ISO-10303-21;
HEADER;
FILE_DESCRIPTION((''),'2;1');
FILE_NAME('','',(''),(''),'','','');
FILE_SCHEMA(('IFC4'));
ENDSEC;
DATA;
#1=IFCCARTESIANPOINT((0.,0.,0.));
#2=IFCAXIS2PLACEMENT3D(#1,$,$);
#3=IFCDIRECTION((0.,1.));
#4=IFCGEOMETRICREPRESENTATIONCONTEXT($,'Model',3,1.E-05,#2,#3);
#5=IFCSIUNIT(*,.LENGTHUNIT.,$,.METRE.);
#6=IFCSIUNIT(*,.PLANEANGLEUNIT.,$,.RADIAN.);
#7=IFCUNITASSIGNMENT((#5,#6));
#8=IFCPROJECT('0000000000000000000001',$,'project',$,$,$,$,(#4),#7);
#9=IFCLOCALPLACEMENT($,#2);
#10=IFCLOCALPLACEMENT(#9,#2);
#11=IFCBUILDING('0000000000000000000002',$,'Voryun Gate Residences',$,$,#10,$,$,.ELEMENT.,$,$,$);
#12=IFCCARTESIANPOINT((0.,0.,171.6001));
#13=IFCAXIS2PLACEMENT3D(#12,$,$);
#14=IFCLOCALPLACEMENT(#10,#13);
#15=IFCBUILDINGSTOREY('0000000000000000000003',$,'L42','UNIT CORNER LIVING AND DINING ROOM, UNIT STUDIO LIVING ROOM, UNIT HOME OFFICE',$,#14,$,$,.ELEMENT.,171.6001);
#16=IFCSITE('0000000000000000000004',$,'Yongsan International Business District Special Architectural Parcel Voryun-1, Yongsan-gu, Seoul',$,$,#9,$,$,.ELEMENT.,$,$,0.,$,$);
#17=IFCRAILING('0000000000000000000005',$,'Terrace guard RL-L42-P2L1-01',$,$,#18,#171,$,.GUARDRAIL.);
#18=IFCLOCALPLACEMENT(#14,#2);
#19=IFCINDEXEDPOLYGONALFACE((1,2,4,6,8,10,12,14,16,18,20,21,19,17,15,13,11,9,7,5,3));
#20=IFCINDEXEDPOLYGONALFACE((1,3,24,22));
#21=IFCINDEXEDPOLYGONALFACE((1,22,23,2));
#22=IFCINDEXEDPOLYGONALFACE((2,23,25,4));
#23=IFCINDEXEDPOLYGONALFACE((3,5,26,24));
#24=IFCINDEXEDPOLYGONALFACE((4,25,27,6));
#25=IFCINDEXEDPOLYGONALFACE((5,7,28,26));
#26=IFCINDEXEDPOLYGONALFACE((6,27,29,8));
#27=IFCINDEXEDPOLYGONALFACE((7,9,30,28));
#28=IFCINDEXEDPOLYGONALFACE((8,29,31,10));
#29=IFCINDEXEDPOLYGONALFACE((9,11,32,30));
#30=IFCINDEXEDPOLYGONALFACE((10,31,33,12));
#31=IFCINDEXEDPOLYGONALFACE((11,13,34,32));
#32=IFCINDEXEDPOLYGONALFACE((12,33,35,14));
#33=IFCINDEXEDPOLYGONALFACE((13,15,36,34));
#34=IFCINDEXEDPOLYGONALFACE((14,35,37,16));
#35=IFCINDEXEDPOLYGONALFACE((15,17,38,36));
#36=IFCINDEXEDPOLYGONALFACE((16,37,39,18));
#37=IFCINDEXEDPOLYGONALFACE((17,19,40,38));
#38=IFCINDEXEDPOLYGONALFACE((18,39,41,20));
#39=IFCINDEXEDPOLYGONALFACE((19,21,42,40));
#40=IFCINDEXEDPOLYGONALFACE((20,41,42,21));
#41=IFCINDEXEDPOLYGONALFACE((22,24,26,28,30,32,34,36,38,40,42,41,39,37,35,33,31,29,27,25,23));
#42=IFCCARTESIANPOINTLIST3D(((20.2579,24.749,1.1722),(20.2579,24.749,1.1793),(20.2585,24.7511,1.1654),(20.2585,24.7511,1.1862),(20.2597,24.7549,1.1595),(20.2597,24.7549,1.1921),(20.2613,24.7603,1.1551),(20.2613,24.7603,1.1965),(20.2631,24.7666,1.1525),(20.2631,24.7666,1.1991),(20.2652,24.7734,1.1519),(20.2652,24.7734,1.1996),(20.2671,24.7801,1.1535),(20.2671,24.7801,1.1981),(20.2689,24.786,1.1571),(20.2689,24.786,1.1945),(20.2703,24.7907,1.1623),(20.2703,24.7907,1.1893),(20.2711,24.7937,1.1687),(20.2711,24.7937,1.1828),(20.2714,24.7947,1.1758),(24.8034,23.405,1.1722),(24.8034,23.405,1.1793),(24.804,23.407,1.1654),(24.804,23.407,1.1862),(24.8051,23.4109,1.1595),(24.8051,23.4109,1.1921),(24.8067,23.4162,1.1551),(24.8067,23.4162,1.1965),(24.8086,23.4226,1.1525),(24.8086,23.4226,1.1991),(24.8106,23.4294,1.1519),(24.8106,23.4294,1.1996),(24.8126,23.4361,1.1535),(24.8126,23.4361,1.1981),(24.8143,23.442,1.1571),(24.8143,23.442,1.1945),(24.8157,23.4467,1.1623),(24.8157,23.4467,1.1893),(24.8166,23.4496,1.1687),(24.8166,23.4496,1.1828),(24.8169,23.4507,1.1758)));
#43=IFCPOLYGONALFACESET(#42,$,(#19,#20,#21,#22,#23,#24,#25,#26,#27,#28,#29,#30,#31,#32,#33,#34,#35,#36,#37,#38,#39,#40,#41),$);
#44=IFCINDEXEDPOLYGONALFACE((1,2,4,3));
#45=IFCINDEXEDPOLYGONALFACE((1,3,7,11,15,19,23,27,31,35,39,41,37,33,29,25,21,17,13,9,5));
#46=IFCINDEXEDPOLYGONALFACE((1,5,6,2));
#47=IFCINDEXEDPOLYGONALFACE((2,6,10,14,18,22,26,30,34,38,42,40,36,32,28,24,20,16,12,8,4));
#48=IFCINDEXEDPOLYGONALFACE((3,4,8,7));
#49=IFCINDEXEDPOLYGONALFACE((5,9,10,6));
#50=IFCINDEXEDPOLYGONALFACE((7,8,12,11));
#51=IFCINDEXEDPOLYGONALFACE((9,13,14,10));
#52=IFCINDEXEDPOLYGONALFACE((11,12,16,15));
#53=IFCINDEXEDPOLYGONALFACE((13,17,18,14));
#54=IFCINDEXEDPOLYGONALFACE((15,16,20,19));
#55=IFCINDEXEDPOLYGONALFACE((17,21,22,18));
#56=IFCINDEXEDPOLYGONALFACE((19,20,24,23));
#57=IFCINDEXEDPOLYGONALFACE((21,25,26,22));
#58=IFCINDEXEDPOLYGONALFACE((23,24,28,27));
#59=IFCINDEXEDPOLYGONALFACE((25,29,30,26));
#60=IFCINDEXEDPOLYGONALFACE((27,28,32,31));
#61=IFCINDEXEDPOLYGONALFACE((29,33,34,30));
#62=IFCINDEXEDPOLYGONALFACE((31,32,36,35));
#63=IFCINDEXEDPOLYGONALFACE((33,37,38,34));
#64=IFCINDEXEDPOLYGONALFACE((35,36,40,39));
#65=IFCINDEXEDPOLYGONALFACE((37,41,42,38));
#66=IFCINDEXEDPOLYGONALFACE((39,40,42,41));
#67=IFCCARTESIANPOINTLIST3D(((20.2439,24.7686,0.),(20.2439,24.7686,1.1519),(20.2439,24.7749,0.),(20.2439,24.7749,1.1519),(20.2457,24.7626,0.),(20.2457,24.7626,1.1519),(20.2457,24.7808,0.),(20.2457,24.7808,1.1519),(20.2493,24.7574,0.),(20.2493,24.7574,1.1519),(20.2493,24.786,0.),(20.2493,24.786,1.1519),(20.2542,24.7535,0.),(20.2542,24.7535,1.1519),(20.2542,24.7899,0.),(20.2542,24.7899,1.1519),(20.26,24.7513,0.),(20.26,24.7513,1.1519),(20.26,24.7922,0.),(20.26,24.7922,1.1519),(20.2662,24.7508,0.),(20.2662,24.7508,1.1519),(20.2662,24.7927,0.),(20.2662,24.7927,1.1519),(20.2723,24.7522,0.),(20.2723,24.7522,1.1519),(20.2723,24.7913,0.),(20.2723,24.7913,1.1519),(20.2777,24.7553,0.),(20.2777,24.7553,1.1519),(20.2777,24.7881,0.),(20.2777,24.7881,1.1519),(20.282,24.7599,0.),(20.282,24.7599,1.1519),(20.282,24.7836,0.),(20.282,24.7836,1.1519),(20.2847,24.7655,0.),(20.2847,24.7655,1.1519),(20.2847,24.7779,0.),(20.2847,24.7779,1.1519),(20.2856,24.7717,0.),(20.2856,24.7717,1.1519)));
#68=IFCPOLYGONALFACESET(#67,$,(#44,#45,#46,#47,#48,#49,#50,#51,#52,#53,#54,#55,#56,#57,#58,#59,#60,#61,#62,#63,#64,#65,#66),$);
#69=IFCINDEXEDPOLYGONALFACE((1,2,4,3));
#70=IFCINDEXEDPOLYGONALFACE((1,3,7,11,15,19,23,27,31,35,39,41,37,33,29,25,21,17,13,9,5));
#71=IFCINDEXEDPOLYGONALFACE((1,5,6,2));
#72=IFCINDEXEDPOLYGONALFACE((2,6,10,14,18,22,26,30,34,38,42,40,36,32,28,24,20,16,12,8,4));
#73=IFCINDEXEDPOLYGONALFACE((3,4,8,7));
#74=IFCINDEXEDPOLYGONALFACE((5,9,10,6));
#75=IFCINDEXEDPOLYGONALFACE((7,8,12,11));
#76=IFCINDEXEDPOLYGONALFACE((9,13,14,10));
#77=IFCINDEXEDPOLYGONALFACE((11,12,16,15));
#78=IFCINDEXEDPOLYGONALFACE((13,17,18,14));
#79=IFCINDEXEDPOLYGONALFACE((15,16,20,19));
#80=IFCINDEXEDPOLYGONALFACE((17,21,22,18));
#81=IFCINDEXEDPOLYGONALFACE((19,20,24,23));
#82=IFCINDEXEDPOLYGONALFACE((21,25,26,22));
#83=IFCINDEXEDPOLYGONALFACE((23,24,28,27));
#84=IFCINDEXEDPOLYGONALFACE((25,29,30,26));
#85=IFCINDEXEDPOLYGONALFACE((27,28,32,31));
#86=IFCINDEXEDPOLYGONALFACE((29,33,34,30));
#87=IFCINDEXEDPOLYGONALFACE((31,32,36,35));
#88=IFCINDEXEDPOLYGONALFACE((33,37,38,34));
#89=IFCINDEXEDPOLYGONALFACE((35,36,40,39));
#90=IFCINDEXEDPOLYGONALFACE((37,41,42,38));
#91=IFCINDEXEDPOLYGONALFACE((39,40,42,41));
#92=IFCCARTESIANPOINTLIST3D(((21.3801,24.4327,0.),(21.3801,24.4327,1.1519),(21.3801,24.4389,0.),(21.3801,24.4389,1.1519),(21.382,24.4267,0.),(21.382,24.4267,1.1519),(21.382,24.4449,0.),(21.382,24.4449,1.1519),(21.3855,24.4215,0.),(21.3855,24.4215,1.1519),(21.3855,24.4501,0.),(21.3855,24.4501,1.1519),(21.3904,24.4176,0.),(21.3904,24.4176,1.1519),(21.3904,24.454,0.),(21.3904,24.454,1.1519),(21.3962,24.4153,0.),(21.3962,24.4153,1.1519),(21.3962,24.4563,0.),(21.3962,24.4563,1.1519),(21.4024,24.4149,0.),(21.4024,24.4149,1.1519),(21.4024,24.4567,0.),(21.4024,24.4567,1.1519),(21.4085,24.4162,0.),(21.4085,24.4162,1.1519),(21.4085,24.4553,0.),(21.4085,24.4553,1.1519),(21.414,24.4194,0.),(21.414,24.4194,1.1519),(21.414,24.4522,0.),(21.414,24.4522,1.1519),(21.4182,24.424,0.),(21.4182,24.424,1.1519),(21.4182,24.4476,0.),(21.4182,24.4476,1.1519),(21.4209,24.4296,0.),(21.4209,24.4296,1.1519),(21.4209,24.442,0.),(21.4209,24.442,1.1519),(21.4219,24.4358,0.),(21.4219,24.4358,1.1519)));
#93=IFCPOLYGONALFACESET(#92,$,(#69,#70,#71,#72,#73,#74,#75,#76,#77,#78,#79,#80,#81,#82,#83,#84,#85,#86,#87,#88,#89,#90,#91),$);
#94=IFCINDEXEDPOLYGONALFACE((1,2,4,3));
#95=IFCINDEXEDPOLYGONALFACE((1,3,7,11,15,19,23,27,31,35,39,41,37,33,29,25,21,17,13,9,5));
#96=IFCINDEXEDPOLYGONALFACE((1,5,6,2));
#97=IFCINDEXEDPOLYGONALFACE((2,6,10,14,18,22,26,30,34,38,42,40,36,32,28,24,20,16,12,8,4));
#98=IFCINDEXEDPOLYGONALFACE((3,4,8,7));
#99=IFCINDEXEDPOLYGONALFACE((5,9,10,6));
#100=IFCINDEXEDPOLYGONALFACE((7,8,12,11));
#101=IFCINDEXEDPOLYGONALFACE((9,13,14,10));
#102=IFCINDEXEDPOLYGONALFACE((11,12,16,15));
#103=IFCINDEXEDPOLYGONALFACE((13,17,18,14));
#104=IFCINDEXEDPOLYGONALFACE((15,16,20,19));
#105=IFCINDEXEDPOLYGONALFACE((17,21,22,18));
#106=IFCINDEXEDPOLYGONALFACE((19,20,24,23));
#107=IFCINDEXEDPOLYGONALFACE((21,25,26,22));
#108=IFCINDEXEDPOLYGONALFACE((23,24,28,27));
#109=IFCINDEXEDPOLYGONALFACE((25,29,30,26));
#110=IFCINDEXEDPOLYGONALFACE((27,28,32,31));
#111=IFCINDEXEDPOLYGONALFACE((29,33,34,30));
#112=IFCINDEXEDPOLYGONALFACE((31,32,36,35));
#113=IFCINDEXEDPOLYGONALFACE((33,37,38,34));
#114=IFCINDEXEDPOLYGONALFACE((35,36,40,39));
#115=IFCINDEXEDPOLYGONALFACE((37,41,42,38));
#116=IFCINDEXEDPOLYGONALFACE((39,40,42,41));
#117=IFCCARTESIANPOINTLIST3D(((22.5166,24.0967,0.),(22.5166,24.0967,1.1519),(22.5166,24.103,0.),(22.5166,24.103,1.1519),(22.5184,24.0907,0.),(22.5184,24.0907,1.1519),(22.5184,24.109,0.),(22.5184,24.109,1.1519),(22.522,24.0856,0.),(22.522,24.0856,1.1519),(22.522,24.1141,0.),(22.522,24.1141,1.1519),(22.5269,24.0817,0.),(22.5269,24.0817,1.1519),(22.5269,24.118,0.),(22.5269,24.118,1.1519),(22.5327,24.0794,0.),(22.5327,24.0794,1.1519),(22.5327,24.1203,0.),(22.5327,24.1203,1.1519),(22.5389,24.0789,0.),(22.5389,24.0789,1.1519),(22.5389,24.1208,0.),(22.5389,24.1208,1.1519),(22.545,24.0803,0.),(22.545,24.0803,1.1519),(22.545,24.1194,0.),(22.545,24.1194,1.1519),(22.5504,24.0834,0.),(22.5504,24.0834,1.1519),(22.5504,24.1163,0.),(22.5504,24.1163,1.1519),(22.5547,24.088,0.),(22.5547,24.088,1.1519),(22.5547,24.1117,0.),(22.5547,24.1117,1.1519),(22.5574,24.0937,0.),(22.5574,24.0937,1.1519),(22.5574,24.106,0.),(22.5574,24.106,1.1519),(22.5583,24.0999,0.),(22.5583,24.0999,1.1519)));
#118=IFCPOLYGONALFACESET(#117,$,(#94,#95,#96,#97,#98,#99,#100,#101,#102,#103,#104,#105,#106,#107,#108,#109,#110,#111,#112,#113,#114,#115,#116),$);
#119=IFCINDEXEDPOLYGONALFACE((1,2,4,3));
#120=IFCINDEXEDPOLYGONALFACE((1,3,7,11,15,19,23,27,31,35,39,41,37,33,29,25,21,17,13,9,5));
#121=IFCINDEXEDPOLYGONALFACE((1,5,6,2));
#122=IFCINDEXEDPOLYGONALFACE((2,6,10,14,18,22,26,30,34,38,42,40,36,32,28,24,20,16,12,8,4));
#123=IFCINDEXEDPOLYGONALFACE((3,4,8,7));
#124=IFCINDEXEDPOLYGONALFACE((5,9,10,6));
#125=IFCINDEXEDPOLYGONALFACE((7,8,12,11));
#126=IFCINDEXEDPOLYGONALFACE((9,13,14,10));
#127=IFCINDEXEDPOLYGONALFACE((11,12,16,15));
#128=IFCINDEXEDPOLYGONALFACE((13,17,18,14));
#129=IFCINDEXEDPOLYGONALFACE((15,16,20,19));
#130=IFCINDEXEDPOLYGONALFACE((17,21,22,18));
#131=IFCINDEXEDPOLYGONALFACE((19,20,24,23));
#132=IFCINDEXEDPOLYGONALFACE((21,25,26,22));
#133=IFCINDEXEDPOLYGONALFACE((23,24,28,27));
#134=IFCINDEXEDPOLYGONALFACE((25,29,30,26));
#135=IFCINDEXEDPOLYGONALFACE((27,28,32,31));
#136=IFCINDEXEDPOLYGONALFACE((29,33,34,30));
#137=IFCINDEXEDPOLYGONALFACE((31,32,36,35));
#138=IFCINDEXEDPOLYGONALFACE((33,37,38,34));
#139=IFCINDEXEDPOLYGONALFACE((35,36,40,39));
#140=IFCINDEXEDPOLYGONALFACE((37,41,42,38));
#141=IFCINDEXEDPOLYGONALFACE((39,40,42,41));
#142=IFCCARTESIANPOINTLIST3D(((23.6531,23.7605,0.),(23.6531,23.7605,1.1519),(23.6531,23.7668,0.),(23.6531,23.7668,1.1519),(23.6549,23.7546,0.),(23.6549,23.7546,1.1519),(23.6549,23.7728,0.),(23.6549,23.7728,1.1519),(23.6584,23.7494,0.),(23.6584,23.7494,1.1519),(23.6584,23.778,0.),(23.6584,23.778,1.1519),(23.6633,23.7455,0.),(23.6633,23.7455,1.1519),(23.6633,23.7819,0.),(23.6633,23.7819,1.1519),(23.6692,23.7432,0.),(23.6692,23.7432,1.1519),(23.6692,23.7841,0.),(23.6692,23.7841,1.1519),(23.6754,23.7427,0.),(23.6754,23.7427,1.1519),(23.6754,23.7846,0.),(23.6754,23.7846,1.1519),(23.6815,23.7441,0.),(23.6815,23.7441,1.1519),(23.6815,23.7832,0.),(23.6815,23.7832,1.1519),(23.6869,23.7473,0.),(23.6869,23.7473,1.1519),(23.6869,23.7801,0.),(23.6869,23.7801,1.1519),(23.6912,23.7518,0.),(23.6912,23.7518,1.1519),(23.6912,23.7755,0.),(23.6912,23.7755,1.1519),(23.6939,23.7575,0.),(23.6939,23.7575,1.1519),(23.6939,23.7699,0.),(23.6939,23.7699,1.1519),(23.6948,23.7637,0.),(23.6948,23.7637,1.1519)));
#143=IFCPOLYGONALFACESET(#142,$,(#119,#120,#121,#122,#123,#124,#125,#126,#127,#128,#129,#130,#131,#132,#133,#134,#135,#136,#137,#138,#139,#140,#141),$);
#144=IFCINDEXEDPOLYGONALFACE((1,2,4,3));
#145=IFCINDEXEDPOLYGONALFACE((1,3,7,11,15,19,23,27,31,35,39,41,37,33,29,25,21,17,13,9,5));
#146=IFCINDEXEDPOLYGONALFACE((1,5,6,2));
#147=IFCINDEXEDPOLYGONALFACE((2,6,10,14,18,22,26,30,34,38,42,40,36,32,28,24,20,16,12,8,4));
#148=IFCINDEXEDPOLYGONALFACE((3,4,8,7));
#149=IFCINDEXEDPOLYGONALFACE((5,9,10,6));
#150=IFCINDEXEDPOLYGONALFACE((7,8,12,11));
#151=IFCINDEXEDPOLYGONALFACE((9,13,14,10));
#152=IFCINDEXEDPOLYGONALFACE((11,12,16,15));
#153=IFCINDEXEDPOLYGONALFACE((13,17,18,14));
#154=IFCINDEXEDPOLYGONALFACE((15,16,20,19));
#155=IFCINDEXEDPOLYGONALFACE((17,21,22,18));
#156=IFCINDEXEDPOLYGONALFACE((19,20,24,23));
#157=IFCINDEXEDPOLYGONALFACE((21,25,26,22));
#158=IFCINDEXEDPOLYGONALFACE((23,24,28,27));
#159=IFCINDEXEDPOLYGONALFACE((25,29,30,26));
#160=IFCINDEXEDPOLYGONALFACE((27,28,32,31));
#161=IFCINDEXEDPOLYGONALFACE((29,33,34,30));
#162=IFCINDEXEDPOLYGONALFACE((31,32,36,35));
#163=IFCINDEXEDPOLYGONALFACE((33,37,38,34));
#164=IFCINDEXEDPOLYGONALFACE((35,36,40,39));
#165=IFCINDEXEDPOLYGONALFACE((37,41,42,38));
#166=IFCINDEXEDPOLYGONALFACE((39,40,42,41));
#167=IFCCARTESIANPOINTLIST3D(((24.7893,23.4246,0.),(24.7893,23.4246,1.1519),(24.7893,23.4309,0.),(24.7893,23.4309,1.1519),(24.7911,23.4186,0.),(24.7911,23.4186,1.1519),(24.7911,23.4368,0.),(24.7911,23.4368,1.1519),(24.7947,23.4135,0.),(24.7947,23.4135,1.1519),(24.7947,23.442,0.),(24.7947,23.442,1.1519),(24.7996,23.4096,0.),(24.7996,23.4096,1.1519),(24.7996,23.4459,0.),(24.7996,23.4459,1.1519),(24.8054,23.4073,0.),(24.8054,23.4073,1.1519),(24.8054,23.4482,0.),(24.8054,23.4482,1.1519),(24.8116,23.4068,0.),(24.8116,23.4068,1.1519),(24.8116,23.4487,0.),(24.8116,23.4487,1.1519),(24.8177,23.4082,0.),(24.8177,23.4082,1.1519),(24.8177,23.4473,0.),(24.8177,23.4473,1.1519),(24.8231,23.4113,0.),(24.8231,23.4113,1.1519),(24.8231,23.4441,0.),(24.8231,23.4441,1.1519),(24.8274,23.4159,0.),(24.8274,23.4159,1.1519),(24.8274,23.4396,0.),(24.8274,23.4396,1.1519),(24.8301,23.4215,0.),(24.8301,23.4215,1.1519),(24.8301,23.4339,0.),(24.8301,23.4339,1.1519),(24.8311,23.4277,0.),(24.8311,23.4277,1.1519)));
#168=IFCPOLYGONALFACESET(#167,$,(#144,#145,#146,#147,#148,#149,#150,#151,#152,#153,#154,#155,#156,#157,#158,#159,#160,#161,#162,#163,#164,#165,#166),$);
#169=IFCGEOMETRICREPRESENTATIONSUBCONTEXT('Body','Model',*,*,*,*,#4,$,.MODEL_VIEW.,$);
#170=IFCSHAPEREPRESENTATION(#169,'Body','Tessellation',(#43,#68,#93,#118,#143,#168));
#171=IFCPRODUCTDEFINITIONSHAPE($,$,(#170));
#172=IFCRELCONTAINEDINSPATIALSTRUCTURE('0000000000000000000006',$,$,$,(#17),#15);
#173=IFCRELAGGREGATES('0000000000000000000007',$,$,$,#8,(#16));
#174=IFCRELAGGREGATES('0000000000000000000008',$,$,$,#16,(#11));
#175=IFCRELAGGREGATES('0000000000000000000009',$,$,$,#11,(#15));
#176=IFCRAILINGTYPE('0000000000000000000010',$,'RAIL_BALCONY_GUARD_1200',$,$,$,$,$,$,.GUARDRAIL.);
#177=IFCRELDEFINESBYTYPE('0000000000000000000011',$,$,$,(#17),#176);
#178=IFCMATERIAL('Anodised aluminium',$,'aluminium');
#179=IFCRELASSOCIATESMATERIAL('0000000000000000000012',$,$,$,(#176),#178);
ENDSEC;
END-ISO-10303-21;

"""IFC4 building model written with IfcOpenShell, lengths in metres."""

from ifc_helpers import new_model, si_unit, direction, frame, origin, origin_2d, place, context, subcontext, project, spatial, circle, extrude, material, type_object, element, save


model = new_model("IFC4")

# Units and contexts
model_context = context("Model", 3, precision=1e-05, world=origin(), true_north=direction((0.0, 1.0)))
body_context = subcontext(model_context, "Body", "Model", "MODEL_VIEW")
ifc_project = project(units=[si_unit("LENGTHUNIT", "METRE"), si_unit("PLANEANGLEUNIT", "RADIAN")], contexts=[model_context])

# Site, building, storey
site_placement = place(None, origin())
site = spatial("IfcSite", under=ifc_project, at=site_placement, Name="Yongsan International Business District Special Architectural Parcel Voryun-1, Yongsan-gu, Seoul", CompositionType="ELEMENT", RefElevation=0.0)
building_placement = place(site_placement, origin())
building = spatial("IfcBuilding", under=site, at=building_placement, Name="Voryun Gate Residences", CompositionType="ELEMENT")
storey_placement = place(building_placement, frame((0.0, 0.0, 171.6001)))
storey = spatial("IfcBuildingStorey", under=building, at=storey_placement, Name="L42", Description="UNIT CORNER LIVING AND DINING ROOM, UNIT STUDIO LIVING ROOM, UNIT HOME OFFICE", CompositionType="ELEMENT", Elevation=171.6001)

# Railing
ifc_material_1 = material(Name="Anodised aluminium", Category="aluminium")
railing_type = type_object("IfcRailingType", Name="RAIL_BALCONY_GUARD_1200", PredefinedType="GUARDRAIL", material=ifc_material_1)
railing_1_placement = place(storey_placement, frame((20.2646, 24.7717, 0.0)))
element("IfcRailing", 1, at=railing_1_placement, inside=storey, type_object=railing_type, Name="Terrace guard RL-L42-P2L1-01", PredefinedType="GUARDRAIL", context=body_context, shape_type="SweptSolid", body=[
    extrude(circle(Radius=0.0239, at=origin_2d()), frame((0.0, 0.0, 1.1758), z_axis=(0.958959, -0.283546, 0.0), x_axis=(0.283546, 0.958959, 0.0)), (0.0, 0.0, 1.0), 4.74),
    extrude(circle(Radius=0.021, at=origin_2d()), origin(), (0.0, 0.0, 1.0), 1.1519),
    extrude(circle(Radius=0.021, at=origin_2d()), frame((1.1362, -0.3359, 0.0)), (0.0, 0.0, 1.0), 1.1519),
    extrude(circle(Radius=0.021, at=origin_2d()), frame((2.2727, -0.6719, 0.0)), (0.0, 0.0, 1.0), 1.1519),
    extrude(circle(Radius=0.021, at=origin_2d()), frame((3.4092, -1.0081, 0.0)), (0.0, 0.0, 1.0), 1.1519),
    extrude(circle(Radius=0.021, at=origin_2d()), frame((4.5454, -1.344, 0.0)), (0.0, 0.0, 1.0), 1.1519),
])

save(model, "model.ifc")
